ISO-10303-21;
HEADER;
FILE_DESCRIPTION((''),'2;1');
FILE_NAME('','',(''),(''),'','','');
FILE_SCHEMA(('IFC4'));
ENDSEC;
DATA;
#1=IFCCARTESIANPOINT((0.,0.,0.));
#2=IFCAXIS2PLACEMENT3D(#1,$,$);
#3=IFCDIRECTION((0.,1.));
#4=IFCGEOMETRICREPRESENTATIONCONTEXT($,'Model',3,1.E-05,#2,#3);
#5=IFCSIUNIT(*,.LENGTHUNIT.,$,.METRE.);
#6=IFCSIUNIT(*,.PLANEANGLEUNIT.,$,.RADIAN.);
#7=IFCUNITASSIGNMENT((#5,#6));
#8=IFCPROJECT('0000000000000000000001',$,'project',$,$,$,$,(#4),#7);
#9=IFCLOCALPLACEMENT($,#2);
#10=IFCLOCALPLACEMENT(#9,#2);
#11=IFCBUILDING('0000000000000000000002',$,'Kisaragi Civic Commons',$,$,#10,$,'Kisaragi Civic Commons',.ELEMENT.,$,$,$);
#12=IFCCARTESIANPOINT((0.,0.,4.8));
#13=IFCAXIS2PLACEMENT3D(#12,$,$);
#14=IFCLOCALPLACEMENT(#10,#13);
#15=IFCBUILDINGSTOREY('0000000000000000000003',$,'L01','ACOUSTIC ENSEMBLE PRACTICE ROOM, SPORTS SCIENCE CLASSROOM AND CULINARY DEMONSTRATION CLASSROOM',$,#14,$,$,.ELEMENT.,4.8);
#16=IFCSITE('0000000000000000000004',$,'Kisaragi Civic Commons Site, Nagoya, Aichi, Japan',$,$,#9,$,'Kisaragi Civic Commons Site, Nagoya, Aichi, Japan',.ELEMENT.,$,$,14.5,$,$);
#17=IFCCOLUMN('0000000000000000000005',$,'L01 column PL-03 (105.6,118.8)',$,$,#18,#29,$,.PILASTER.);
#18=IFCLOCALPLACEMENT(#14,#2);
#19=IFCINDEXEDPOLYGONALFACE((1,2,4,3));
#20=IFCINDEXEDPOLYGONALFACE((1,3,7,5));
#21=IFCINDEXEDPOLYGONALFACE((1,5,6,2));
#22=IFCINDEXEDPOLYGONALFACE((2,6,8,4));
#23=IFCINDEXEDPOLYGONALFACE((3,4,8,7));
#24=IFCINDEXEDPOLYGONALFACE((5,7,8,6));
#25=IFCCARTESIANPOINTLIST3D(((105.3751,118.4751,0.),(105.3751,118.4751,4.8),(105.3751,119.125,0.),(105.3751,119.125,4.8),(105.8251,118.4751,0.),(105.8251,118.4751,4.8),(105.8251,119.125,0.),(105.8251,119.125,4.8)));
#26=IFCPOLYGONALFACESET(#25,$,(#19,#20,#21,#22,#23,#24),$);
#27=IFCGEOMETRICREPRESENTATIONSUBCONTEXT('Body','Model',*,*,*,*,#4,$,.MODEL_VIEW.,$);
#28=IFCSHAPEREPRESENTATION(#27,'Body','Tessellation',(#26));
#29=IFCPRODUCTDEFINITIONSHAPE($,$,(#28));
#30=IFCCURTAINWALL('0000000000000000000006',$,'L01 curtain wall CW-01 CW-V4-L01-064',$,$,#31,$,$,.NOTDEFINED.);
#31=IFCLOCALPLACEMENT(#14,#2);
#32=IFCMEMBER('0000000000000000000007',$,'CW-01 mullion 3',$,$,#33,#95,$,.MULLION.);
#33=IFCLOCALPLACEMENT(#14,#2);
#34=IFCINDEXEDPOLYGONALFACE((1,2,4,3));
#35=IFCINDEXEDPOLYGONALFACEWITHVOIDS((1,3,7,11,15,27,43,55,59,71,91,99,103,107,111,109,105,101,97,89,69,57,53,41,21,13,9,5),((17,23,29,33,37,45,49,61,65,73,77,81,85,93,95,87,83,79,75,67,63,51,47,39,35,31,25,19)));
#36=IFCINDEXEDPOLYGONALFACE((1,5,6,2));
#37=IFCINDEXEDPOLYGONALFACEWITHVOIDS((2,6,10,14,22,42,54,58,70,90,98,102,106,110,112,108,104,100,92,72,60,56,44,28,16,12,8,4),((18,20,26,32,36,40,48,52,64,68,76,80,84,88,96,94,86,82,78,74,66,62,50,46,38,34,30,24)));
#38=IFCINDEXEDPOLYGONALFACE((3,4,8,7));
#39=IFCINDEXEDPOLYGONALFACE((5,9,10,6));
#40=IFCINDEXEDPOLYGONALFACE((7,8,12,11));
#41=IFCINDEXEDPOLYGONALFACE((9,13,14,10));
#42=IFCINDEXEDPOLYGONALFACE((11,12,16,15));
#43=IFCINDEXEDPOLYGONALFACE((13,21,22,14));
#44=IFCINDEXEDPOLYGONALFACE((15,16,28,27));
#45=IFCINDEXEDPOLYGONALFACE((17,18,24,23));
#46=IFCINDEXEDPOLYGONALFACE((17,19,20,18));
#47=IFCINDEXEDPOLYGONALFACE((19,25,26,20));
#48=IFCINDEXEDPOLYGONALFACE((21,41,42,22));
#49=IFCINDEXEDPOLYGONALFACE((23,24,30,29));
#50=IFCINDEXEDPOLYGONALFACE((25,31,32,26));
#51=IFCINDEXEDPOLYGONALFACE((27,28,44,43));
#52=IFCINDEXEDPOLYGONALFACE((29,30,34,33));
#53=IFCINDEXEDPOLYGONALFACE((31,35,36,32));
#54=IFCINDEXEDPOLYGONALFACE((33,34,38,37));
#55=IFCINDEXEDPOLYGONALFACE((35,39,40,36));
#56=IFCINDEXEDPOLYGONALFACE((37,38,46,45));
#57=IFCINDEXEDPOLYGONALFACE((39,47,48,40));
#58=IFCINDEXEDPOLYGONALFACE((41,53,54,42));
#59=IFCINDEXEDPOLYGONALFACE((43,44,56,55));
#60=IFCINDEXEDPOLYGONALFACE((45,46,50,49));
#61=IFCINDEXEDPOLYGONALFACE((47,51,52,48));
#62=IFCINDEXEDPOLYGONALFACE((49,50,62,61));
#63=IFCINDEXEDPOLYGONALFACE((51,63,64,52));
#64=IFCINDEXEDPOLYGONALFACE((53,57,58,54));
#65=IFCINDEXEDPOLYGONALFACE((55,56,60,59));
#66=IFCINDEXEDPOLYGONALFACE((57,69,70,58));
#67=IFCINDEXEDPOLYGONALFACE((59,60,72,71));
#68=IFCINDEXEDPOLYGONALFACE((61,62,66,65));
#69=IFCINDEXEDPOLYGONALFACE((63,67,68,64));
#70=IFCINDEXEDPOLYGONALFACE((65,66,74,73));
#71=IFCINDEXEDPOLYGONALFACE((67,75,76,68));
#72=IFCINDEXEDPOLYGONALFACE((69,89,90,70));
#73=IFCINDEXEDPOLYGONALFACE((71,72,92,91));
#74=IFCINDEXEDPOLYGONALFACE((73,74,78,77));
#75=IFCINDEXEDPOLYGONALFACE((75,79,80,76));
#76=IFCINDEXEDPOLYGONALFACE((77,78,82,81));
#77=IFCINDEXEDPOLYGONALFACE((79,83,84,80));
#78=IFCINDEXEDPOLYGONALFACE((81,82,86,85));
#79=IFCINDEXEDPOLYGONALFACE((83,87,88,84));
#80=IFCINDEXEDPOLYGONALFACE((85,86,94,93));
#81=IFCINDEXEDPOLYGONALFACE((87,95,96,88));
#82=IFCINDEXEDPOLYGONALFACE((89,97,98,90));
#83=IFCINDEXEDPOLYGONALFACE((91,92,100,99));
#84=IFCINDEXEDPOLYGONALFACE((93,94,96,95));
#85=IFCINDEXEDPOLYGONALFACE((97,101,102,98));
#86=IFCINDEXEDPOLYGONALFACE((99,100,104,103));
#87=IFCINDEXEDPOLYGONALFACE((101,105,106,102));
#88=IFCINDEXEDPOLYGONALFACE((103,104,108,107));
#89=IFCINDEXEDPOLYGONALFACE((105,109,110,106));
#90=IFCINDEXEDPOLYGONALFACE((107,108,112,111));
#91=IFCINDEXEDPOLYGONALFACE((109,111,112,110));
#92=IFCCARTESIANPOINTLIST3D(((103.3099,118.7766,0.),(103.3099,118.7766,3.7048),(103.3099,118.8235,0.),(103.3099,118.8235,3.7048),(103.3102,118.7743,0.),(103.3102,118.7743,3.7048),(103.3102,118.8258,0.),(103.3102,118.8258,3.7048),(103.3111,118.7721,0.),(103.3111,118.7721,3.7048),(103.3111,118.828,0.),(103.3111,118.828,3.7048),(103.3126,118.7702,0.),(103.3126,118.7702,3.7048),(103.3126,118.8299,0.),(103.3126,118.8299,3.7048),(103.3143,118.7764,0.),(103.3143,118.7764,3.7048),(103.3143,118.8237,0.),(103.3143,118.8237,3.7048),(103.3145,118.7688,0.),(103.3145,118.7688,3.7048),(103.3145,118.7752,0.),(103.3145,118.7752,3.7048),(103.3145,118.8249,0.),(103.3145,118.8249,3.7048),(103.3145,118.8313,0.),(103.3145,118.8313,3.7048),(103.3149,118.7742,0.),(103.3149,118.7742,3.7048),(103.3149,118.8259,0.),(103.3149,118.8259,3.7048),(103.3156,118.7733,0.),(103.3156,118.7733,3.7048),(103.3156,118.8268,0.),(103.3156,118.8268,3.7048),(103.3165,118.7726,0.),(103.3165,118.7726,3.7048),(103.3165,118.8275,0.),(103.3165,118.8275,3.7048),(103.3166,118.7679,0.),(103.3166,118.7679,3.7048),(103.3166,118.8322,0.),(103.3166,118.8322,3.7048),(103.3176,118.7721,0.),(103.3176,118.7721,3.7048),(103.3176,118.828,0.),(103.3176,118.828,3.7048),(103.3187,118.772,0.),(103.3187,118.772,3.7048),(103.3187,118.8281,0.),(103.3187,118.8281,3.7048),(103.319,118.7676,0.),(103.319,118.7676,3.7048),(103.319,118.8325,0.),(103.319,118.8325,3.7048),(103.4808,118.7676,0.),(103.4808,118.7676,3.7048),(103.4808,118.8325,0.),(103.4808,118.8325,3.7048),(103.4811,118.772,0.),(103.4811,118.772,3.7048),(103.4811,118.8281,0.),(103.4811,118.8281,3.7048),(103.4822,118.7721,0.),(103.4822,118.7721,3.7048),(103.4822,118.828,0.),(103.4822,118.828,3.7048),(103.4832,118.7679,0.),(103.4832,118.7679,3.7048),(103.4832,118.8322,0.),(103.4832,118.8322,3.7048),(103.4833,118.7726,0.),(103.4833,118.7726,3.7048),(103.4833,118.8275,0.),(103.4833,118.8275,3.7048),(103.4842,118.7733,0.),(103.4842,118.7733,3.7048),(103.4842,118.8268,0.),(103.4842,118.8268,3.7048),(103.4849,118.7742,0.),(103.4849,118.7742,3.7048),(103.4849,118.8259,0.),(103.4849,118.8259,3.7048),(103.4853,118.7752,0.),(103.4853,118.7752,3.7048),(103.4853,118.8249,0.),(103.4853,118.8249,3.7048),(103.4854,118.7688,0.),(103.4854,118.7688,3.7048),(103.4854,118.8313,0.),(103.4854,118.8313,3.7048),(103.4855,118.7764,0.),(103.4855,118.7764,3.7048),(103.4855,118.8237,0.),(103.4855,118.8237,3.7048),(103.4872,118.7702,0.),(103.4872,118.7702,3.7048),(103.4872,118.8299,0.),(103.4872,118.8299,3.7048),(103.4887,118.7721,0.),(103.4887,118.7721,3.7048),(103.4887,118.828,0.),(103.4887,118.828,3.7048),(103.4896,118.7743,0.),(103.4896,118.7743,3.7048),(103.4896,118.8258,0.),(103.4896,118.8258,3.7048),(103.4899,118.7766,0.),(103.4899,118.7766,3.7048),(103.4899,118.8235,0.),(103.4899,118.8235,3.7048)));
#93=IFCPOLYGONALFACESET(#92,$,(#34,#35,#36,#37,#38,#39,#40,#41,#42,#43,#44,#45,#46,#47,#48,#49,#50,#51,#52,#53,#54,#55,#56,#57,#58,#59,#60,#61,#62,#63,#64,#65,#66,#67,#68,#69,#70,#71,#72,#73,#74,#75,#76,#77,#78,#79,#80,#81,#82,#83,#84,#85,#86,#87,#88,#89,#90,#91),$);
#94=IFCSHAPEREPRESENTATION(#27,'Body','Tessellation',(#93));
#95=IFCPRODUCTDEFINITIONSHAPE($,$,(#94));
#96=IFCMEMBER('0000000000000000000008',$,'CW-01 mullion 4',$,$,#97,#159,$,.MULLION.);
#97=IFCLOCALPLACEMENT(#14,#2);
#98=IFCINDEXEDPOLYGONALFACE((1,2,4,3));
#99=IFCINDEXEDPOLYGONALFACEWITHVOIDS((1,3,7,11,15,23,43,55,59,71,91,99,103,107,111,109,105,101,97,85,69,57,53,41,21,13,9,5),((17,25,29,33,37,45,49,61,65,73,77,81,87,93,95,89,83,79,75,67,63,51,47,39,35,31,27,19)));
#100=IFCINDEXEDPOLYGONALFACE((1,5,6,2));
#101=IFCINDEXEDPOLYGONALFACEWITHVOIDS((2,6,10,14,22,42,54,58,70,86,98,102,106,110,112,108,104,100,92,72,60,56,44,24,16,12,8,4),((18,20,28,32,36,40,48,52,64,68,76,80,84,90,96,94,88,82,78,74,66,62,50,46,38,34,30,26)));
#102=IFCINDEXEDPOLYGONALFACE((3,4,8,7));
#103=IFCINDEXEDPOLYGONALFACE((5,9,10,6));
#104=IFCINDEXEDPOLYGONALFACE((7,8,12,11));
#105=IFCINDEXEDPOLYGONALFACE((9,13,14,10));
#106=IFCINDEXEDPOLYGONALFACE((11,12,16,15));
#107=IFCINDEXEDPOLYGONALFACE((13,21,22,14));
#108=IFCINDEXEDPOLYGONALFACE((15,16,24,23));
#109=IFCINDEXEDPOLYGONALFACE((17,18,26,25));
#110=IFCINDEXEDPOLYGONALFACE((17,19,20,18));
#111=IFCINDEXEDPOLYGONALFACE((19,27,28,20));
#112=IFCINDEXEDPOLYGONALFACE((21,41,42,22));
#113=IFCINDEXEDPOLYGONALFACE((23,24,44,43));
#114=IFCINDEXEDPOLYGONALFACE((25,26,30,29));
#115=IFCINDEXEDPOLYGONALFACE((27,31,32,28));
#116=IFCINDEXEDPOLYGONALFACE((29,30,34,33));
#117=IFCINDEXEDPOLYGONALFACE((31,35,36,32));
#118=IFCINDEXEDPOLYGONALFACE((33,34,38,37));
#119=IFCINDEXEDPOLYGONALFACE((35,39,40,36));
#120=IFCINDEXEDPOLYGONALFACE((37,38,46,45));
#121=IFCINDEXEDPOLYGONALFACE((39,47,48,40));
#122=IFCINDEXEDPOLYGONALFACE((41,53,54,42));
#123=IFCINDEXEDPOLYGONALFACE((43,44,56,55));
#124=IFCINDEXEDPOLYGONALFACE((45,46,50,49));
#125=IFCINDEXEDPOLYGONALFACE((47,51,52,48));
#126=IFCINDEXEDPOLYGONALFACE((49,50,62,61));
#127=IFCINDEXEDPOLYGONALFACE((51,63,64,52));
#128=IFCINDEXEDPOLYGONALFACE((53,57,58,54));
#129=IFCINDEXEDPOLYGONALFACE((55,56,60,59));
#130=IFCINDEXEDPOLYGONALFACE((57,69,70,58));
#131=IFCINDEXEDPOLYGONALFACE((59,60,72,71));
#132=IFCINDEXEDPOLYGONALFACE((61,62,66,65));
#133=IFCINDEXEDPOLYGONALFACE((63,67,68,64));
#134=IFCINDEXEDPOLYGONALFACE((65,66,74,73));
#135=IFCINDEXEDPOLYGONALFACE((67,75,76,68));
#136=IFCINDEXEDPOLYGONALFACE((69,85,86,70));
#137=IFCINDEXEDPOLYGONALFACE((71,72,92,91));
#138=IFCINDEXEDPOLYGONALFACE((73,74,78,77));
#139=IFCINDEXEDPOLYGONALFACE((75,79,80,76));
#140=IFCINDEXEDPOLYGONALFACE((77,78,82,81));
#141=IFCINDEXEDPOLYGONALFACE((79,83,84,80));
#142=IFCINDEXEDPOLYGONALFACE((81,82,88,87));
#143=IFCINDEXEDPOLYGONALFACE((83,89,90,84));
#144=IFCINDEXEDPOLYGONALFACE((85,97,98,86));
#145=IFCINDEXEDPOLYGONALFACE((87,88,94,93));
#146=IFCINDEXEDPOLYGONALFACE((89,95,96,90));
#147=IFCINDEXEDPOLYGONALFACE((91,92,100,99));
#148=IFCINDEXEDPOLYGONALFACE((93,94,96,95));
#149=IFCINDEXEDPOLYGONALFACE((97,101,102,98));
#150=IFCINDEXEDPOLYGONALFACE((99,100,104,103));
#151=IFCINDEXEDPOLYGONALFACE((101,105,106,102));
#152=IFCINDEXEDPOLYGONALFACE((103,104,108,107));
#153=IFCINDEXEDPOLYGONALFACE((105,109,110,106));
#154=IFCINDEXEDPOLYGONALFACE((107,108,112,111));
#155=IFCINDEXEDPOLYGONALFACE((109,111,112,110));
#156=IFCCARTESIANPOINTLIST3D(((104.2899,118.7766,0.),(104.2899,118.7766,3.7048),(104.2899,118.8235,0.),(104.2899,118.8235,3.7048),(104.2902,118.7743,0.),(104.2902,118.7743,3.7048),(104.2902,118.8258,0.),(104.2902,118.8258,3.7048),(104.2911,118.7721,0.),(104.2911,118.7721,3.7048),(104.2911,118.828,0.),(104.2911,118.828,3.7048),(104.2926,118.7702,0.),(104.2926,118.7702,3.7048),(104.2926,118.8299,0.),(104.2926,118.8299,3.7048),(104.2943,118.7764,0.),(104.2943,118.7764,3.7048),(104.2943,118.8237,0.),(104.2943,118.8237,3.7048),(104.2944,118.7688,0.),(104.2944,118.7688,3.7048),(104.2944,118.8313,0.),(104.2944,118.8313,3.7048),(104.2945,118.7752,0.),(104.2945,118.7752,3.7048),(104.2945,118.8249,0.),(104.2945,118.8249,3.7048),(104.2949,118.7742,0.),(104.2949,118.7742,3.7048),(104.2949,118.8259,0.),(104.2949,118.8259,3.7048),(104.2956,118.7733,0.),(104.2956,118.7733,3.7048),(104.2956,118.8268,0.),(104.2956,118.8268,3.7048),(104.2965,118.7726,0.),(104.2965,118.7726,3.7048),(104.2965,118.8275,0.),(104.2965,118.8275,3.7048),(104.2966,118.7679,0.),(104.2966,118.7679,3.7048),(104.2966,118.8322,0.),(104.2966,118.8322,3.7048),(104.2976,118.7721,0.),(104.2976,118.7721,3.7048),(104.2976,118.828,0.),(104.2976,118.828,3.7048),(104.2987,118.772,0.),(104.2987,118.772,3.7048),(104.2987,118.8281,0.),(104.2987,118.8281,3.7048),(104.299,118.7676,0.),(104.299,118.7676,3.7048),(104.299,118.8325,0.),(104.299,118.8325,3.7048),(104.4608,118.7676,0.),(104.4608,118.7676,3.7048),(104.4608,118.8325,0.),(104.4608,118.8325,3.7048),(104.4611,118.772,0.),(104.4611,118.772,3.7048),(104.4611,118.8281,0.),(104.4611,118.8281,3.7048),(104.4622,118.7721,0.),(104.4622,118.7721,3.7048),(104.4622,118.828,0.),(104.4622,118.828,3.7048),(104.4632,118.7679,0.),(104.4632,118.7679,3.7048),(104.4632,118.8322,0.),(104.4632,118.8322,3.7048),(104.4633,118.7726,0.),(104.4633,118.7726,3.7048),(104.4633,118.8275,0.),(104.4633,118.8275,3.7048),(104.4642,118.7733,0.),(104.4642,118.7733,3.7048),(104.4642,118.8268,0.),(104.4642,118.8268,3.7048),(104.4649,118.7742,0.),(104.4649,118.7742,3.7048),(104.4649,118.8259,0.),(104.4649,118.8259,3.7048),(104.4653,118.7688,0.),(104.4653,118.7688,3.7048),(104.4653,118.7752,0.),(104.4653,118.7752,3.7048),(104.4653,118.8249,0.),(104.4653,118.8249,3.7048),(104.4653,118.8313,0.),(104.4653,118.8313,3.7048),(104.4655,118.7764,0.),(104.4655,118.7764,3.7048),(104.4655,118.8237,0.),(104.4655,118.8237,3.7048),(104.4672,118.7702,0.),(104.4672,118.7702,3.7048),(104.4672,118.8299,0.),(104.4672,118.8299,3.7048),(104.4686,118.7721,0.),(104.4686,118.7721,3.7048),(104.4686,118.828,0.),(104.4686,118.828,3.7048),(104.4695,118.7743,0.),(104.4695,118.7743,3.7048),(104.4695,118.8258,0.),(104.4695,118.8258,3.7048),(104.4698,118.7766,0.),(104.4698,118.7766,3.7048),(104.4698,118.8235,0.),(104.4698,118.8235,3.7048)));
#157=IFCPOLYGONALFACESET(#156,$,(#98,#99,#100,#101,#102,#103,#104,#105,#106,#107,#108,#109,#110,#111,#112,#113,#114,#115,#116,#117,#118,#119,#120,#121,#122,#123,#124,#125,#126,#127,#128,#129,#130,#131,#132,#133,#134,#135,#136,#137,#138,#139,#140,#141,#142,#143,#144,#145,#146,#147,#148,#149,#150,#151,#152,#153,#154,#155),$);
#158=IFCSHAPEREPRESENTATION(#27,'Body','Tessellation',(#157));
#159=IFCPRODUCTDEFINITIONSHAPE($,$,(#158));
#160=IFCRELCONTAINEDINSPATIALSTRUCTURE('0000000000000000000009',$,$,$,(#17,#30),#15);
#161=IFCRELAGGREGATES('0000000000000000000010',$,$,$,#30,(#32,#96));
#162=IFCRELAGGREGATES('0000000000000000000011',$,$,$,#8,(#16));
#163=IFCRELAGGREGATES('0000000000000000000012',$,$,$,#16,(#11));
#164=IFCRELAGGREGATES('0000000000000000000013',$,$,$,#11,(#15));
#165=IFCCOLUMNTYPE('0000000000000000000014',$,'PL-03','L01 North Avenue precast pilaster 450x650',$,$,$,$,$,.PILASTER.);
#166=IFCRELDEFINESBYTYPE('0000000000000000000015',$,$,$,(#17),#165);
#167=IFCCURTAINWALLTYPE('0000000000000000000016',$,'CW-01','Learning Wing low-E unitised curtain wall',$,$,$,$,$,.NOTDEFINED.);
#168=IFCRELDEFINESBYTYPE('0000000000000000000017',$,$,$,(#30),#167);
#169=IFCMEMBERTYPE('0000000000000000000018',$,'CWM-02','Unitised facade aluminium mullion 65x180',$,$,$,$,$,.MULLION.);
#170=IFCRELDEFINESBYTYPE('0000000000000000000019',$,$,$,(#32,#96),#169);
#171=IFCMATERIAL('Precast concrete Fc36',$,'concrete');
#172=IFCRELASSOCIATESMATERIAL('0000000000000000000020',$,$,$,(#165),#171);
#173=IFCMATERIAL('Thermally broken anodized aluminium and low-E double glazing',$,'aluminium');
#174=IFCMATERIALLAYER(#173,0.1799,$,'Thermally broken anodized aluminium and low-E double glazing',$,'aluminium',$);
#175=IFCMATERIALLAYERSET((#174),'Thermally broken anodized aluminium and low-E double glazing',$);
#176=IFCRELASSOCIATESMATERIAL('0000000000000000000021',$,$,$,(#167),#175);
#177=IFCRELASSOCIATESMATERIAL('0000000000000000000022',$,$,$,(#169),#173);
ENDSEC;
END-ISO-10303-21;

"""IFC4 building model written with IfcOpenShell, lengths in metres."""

from ifc_helpers import new_model, si_unit, direction, frame, origin, origin_2d, place, context, subcontext, project, spatial, rectangle, hollow_rectangle, extrude, material, layer, layer_set, material_profile, profile_set, type_object, element, aggregate, save


model = new_model("IFC4")

# Units and contexts
model_context = context("Model", 3, precision=1e-05, world=origin(), true_north=direction((0.0, 1.0)))
body_context = subcontext(model_context, "Body", "Model", "MODEL_VIEW")
ifc_project = project(units=[si_unit("LENGTHUNIT", "METRE"), si_unit("PLANEANGLEUNIT", "RADIAN")], contexts=[model_context])

# Site, building, storey
site_placement = place(None, origin())
site = spatial("IfcSite", under=ifc_project, at=site_placement, Name="Kisaragi Civic Commons Site, Nagoya, Aichi, Japan", LongName="Kisaragi Civic Commons Site, Nagoya, Aichi, Japan", CompositionType="ELEMENT", RefElevation=14.5)
building_placement = place(site_placement, origin())
building = spatial("IfcBuilding", under=site, at=building_placement, Name="Kisaragi Civic Commons", LongName="Kisaragi Civic Commons", CompositionType="ELEMENT")
storey_placement = place(building_placement, frame((0.0, 0.0, 4.8)))
storey = spatial("IfcBuildingStorey", under=building, at=storey_placement, Name="L01", Description="ACOUSTIC ENSEMBLE PRACTICE ROOM, SPORTS SCIENCE CLASSROOM AND CULINARY DEMONSTRATION CLASSROOM", CompositionType="ELEMENT", Elevation=4.8)

# Column
ifc_material_1 = material(Name="Precast concrete Fc36", Category="concrete")
ifc_material_profile_1 = material_profile(ifc_material_1, rectangle(XDim=0.45, YDim=0.6499, at=origin_2d()), Name="RC-450x650", Category="concrete")
ifc_profile_set_1 = profile_set([ifc_material_profile_1], Name="Precast concrete Fc36")
column_type = type_object("IfcColumnType", Name="PL-03", Description="L01 North Avenue precast pilaster 450x650", PredefinedType="PILASTER", material=ifc_profile_set_1)
column_placement = place(storey_placement, frame((105.6001, 118.8, 0.0), z_axis=(0.0, 0.0, 1.0), x_axis=(1.0, 0.0, 0.0)))
element("IfcColumn", 1, at=column_placement, inside=storey, type_object=column_type, Name="L01 column PL-03 (105.6,118.8)", PredefinedType="PILASTER", context=body_context, shape_type="SweptSolid", body=[
    extrude(rectangle(XDim=0.45, YDim=0.6499, at=origin_2d()), origin(), (0.0, 0.0, 1.0), 4.8),
])

# Curtain wall, members
ifc_material_2 = material(Name="Thermally broken anodized aluminium and low-E double glazing", Category="aluminium")
ifc_layer_1 = layer(ifc_material_2, 0.1799, Name="Thermally broken anodized aluminium and low-E double glazing", Category="aluminium")
ifc_layer_set_1 = layer_set([ifc_layer_1], Name="Thermally broken anodized aluminium and low-E double glazing")
curtain_wall_type = type_object("IfcCurtainWallType", Name="CW-01", Description="Learning Wing low-E unitised curtain wall", PredefinedType="NOTDEFINED", material=ifc_layer_set_1)
curtain_wall_placement = place(storey_placement, origin())
curtain_wall = element("IfcCurtainWall", 2, at=curtain_wall_placement, inside=storey, type_object=curtain_wall_type, Name="L01 curtain wall CW-01 CW-V4-L01-064", PredefinedType="NOTDEFINED")
ifc_material_profile_2 = material_profile(ifc_material_2, hollow_rectangle(XDim=0.0649, YDim=0.1799, WallThickness=0.0044, InnerFilletRadius=0.0044, OuterFilletRadius=0.009, at=origin_2d()), Name="CWM-65x180x4.5", Category="aluminium")
ifc_profile_set_2 = profile_set([ifc_material_profile_2], Name="Thermally broken anodized aluminium and low-E double glazing")
member_type_1 = type_object("IfcMemberType", Name="CWM-02", Description="Unitised facade aluminium mullion 65x180", PredefinedType="MULLION", material=ifc_profile_set_2)
member_1_placement = place(storey_placement, frame((103.3999, 118.8, 0.0), z_axis=(0.0, 0.0, 1.0), x_axis=(0.0, 1.0, 0.0)))
member_1 = element("IfcMember", 3, at=member_1_placement, type_object=member_type_1, Name="CW-01 mullion 3", PredefinedType="MULLION", context=body_context, shape_type="SweptSolid", body=[
    extrude(hollow_rectangle(XDim=0.0649, YDim=0.1799, WallThickness=0.0044, InnerFilletRadius=0.0044, OuterFilletRadius=0.009, at=origin_2d()), origin(), (0.0, 0.0, 1.0), 3.7048),
])
member_2_placement = place(storey_placement, frame((104.3799, 118.8, 0.0), z_axis=(0.0, 0.0, 1.0), x_axis=(0.0, 1.0, 0.0)))
member_2 = element("IfcMember", 4, at=member_2_placement, type_object=member_type_1, Name="CW-01 mullion 4", PredefinedType="MULLION", context=body_context, shape_type="SweptSolid", body=[
    extrude(hollow_rectangle(XDim=0.0649, YDim=0.1799, WallThickness=0.0044, InnerFilletRadius=0.0044, OuterFilletRadius=0.009, at=origin_2d()), origin(), (0.0, 0.0, 1.0), 3.7048),
])

aggregate(curtain_wall, [member_1, member_2])

save(model, "model.ifc")
